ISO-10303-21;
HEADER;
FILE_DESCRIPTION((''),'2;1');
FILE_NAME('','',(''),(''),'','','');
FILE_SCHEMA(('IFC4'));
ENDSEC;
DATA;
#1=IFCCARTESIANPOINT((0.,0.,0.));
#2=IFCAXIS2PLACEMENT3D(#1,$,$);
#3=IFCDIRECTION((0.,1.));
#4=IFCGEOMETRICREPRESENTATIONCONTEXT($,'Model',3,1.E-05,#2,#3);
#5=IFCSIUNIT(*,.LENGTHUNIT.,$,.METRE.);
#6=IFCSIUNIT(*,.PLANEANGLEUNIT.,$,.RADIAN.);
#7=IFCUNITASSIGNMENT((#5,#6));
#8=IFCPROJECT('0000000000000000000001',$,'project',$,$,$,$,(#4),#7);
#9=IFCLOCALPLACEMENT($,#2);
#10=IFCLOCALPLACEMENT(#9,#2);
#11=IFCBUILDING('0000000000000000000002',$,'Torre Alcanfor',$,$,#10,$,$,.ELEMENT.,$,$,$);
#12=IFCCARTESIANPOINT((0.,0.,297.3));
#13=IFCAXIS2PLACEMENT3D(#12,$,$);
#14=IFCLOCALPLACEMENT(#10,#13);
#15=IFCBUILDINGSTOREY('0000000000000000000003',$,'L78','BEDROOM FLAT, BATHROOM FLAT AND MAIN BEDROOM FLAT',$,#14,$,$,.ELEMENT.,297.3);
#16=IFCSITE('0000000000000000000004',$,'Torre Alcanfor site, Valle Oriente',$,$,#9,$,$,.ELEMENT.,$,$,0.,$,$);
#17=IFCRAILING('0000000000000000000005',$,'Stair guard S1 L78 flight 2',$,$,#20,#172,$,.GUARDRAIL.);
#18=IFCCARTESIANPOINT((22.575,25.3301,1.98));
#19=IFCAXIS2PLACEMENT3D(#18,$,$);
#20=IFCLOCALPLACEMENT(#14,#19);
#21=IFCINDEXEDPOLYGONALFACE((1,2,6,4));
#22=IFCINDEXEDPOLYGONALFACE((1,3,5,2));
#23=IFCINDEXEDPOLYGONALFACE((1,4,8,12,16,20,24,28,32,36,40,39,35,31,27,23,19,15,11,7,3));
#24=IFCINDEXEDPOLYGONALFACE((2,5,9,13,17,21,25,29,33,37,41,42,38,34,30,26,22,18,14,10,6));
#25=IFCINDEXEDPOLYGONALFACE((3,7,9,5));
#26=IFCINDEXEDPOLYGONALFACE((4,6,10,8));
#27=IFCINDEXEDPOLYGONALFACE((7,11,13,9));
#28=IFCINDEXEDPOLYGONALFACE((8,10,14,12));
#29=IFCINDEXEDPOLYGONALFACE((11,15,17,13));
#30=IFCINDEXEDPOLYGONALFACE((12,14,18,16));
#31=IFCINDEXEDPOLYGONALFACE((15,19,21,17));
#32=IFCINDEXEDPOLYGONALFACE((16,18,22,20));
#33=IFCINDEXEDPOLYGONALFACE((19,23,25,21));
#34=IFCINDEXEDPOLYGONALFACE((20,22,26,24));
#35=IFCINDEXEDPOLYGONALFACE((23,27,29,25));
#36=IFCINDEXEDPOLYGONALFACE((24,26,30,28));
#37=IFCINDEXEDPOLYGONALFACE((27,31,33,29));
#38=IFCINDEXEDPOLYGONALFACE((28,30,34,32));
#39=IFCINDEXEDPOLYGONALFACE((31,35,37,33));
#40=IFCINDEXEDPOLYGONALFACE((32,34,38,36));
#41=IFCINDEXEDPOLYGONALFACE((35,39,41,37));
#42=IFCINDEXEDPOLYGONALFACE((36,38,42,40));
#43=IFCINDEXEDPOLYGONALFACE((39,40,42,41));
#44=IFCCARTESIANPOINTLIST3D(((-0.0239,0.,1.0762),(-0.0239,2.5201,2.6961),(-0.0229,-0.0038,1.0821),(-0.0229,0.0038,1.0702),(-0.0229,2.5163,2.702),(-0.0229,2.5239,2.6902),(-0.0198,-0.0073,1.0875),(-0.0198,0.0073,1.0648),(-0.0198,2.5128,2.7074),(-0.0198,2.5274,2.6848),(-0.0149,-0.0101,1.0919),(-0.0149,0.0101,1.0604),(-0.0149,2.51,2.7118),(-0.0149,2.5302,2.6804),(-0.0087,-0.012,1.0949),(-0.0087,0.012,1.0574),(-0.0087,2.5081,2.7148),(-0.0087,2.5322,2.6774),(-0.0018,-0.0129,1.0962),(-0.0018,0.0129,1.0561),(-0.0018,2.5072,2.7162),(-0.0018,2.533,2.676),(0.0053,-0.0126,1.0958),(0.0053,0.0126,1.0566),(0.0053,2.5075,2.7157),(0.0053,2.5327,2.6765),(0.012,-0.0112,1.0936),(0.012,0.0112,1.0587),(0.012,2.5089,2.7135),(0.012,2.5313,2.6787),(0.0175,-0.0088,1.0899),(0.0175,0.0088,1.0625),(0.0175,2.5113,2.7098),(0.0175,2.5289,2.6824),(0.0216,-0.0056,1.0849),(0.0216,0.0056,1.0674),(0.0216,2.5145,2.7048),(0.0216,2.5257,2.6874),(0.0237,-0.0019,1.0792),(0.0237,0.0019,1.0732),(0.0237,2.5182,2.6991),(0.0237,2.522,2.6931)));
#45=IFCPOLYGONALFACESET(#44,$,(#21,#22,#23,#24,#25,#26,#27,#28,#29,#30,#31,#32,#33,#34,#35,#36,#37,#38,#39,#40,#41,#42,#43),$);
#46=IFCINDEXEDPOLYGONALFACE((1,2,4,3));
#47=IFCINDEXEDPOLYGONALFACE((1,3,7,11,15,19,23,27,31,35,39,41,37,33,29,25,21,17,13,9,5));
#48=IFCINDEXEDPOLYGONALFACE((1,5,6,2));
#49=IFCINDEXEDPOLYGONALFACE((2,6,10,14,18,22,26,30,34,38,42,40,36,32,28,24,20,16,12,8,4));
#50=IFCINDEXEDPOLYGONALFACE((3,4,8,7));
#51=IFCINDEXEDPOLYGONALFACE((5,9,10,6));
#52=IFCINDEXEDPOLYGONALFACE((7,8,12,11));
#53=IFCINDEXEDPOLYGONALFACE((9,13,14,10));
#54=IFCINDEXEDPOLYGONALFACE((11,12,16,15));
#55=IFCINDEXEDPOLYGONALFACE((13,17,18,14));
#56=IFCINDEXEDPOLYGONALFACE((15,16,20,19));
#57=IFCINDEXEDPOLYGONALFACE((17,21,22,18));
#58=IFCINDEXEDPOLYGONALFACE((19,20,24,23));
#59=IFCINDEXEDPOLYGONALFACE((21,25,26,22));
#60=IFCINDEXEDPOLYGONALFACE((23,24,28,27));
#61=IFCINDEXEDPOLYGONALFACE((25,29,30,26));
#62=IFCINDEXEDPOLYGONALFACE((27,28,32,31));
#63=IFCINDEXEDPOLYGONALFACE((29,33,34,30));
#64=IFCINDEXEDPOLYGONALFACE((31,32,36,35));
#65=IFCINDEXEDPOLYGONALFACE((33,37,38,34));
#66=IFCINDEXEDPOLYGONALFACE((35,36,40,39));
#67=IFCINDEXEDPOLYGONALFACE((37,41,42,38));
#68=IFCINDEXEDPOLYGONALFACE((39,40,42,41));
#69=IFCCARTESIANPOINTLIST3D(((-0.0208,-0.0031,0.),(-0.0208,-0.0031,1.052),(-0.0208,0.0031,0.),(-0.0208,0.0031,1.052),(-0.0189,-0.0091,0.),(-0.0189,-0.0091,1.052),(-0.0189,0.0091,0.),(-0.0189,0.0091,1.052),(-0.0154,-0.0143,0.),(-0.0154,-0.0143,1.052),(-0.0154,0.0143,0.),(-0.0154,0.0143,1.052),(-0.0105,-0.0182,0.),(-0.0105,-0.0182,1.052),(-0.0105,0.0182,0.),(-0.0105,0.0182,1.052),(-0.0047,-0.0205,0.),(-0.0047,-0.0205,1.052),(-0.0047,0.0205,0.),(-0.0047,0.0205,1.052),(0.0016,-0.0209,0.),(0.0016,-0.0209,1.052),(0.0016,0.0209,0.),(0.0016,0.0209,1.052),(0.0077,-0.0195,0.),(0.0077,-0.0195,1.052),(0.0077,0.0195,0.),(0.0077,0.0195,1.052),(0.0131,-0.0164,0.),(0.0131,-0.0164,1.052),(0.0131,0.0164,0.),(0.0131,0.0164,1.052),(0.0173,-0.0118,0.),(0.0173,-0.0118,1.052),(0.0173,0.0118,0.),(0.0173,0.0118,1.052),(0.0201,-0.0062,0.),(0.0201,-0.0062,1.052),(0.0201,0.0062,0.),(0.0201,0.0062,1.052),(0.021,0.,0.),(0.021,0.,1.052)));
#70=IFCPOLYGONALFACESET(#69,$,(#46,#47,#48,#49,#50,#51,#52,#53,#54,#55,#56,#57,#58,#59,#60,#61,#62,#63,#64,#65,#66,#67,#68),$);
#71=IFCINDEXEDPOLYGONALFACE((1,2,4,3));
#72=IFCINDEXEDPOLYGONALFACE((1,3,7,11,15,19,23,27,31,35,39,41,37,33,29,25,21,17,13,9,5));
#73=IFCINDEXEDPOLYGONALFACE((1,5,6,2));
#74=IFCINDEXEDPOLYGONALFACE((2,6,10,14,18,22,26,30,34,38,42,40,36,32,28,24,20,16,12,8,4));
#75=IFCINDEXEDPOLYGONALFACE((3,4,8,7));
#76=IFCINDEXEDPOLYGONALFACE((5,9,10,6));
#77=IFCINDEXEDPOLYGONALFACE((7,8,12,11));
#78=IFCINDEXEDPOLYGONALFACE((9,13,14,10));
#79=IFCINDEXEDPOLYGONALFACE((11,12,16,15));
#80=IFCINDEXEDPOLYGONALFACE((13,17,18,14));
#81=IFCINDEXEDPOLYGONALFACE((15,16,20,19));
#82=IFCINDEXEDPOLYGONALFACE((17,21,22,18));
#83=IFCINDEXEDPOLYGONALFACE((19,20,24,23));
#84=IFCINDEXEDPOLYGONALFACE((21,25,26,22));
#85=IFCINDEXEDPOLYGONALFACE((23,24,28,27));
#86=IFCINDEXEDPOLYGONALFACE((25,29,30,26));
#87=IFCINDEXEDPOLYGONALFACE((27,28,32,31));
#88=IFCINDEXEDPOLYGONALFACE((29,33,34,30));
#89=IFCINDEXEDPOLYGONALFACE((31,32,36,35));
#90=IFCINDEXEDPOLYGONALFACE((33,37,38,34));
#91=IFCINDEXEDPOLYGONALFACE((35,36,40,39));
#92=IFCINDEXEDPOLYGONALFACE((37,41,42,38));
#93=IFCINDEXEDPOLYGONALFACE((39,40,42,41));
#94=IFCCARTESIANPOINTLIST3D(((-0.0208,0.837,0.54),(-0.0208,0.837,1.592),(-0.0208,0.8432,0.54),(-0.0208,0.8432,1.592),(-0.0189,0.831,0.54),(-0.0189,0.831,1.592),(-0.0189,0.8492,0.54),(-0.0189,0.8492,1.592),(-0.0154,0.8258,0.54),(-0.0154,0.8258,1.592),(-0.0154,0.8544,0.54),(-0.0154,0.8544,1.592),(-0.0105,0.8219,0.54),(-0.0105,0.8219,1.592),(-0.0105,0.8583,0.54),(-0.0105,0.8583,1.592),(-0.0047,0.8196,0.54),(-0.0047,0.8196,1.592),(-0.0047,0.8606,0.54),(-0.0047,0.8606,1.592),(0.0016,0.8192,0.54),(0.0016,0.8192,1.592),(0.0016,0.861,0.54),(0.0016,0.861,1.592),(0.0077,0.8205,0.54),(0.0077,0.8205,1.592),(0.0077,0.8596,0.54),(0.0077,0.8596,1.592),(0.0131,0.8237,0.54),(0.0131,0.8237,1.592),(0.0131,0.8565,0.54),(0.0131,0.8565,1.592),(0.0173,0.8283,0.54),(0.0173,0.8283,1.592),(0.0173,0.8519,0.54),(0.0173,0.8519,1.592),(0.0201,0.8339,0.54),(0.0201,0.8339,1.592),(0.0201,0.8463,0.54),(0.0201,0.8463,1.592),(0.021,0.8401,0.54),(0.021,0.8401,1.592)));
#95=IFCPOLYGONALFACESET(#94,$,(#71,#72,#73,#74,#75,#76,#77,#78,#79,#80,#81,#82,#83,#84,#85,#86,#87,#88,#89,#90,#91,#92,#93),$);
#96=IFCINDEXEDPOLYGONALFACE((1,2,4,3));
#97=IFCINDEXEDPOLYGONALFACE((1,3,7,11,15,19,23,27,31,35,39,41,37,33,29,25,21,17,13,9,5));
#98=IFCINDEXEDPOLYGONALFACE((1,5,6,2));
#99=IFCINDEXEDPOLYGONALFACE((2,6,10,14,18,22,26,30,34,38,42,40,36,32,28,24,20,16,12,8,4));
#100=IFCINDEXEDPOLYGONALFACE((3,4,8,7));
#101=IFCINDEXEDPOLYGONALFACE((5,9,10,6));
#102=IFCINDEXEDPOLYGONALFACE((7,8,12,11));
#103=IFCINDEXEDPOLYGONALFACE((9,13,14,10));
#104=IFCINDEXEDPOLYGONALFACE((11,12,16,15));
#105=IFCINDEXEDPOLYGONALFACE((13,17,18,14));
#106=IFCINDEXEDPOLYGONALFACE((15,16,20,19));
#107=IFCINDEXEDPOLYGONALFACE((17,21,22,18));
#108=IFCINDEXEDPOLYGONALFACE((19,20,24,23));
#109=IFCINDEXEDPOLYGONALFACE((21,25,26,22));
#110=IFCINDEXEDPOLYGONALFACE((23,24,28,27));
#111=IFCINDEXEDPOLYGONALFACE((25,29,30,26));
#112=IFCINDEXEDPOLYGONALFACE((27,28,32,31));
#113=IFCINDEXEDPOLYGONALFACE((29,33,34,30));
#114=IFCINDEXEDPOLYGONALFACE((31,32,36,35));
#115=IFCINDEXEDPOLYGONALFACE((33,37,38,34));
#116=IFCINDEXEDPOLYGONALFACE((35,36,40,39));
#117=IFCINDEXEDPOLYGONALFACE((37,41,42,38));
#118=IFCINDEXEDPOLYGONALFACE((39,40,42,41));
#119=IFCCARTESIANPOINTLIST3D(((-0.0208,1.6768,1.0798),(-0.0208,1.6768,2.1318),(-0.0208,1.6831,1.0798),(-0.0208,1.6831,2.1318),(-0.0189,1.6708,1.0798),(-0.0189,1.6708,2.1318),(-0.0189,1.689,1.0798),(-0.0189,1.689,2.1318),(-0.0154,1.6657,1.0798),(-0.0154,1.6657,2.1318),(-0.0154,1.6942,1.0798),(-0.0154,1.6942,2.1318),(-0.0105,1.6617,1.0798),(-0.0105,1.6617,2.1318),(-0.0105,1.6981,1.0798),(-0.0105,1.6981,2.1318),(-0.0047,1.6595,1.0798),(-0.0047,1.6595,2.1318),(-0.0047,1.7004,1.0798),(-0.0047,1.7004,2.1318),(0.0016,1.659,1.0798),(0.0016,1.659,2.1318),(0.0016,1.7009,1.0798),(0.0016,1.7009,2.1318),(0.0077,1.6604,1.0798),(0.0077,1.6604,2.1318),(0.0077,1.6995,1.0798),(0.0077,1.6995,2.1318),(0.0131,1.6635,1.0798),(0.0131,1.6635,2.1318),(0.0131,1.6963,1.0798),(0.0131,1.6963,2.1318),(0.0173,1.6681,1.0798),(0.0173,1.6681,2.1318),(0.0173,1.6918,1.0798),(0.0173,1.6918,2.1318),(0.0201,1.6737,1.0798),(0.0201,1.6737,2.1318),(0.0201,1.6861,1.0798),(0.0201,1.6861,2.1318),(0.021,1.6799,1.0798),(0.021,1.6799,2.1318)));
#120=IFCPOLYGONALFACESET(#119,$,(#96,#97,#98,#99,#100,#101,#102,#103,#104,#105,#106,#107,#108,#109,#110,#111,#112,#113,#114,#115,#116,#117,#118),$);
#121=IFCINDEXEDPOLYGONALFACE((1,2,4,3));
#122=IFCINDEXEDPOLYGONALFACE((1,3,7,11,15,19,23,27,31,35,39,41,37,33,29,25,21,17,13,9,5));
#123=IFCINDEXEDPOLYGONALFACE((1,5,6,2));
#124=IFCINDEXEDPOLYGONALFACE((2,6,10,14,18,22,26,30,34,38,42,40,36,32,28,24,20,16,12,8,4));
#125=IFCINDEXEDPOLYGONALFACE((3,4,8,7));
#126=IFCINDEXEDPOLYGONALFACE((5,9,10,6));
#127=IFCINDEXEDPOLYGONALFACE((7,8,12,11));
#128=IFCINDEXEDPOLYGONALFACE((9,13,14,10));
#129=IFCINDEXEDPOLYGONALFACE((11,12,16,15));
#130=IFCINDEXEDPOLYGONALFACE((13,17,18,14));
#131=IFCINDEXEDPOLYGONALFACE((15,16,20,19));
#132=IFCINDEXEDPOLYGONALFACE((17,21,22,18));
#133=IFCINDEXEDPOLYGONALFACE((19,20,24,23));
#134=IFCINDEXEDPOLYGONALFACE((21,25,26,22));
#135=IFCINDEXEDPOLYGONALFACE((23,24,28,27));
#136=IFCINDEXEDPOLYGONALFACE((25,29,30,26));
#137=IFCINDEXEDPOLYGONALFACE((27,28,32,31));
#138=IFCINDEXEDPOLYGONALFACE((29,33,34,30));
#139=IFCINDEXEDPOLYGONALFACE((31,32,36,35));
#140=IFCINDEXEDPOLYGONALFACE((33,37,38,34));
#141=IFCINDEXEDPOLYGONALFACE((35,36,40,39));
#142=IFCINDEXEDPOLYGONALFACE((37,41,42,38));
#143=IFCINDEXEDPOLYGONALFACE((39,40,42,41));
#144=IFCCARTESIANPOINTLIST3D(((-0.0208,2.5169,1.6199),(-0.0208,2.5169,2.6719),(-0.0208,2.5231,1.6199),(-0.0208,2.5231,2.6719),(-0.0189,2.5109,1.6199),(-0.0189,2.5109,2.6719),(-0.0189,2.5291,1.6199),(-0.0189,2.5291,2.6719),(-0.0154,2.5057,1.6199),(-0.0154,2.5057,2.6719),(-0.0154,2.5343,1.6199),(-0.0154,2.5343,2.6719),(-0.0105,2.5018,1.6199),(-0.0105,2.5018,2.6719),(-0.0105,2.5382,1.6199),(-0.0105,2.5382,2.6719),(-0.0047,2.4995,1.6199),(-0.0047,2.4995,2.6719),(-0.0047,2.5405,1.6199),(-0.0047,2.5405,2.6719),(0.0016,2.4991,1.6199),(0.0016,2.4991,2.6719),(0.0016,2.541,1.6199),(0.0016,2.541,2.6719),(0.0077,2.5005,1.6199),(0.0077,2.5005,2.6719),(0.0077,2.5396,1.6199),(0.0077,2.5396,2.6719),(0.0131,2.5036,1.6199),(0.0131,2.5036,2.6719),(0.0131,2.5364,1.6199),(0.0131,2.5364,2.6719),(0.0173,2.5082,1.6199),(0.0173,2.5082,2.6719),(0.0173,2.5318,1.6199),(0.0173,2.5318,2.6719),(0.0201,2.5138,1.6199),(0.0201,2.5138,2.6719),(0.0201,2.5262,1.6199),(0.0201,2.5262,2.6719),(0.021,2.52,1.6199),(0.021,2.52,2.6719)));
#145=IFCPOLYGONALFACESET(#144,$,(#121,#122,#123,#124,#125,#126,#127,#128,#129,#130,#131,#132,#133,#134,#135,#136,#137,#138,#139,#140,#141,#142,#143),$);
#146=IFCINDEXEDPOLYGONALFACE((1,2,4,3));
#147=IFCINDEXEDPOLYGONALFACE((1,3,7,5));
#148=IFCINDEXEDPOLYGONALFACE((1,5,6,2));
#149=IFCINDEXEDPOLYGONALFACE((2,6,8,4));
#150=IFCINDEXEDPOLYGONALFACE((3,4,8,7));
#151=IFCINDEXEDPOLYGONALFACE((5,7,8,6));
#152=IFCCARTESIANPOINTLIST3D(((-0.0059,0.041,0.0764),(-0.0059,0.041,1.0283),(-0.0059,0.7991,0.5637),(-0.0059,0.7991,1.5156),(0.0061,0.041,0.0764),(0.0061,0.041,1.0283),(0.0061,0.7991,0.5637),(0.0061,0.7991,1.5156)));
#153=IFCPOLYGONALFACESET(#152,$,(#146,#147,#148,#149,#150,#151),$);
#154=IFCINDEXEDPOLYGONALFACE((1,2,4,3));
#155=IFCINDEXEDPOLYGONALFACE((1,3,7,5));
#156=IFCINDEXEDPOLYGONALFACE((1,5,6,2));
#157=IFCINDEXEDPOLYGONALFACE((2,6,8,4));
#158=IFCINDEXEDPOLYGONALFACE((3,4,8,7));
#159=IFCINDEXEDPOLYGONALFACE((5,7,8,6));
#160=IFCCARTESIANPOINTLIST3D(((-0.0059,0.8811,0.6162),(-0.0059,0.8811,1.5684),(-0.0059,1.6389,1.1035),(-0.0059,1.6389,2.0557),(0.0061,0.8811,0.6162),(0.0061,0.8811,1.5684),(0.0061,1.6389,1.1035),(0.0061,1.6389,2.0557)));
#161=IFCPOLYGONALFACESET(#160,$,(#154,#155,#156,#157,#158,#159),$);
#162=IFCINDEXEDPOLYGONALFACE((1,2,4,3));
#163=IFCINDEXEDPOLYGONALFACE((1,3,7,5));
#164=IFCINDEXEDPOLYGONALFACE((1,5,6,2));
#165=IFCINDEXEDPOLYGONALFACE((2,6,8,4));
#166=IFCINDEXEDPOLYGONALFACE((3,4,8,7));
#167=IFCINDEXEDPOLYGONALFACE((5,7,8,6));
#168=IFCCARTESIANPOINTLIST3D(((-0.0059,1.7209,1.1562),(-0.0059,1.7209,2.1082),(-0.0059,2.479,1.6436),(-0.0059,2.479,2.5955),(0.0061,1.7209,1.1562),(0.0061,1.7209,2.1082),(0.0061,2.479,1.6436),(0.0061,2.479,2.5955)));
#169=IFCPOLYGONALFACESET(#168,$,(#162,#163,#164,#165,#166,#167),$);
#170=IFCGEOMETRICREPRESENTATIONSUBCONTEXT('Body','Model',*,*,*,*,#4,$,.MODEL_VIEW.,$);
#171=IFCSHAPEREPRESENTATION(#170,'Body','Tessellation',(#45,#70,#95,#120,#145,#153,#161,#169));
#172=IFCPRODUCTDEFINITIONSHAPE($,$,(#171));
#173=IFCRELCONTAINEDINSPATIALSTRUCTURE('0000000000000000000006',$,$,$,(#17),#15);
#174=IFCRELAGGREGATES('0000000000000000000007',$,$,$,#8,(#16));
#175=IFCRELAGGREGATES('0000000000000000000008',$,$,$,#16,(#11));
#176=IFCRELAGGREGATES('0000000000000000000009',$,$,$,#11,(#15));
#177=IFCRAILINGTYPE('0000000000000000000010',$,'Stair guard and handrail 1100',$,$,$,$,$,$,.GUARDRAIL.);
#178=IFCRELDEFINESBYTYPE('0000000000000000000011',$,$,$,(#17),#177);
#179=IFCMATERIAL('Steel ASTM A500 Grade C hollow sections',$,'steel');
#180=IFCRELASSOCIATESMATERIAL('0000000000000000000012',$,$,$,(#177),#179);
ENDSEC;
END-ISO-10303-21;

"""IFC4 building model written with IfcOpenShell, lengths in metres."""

from ifc_helpers import new_model, si_unit, direction, frame, origin, origin_2d, place, context, subcontext, project, spatial, polyline, circle, outline, extrude, material, type_object, element, save


model = new_model("IFC4")

# Units and contexts
model_context = context("Model", 3, precision=1e-05, world=origin(), true_north=direction((0.0, 1.0)))
body_context = subcontext(model_context, "Body", "Model", "MODEL_VIEW")
ifc_project = project(units=[si_unit("LENGTHUNIT", "METRE"), si_unit("PLANEANGLEUNIT", "RADIAN")], contexts=[model_context])

# Site, building, storey
site_placement = place(None, origin())
site = spatial("IfcSite", under=ifc_project, at=site_placement, Name="Torre Alcanfor site, Valle Oriente", CompositionType="ELEMENT", RefElevation=0.0)
building_placement = place(site_placement, origin())
building = spatial("IfcBuilding", under=site, at=building_placement, Name="Torre Alcanfor", CompositionType="ELEMENT")
storey_placement = place(building_placement, frame((0.0, 0.0, 297.3)))
storey = spatial("IfcBuildingStorey", under=building, at=storey_placement, Name="L78", Description="BEDROOM FLAT, BATHROOM FLAT AND MAIN BEDROOM FLAT", CompositionType="ELEMENT", Elevation=297.3)

# Railing
ifc_material_1 = material(Name="Steel ASTM A500 Grade C hollow sections", Category="steel")
railing_type_1 = type_object("IfcRailingType", Name="Stair guard and handrail 1100", PredefinedType="GUARDRAIL", material=ifc_material_1)
railing_1_placement = place(storey_placement, frame((22.575, 25.3301, 1.98)))
element("IfcRailing", 1, at=railing_1_placement, inside=storey, type_object=railing_type_1, Name="Stair guard S1 L78 flight 2", PredefinedType="GUARDRAIL", context=body_context, shape_type="SweptSolid", body=[
    extrude(circle(Radius=0.0239, at=origin_2d()), frame((0.0, 0.0, 1.0762), z_axis=(0.0, 0.8412, 0.540725), x_axis=(-1.0, 0.0, 0.0)), (0.0, 0.0, 1.0), 2.9958),
    extrude(circle(Radius=0.021, at=origin_2d()), origin(), (0.0, 0.0, 1.0), 1.052),
    extrude(circle(Radius=0.021, at=origin_2d()), frame((0.0, 0.8401, 0.54)), (0.0, 0.0, 1.0), 1.052),
    extrude(circle(Radius=0.021, at=origin_2d()), frame((0.0, 1.6799, 1.0798)), (0.0, 0.0, 1.0), 1.052),
    extrude(circle(Radius=0.021, at=origin_2d()), frame((0.0, 2.52, 1.6199)), (0.0, 0.0, 1.0), 1.052),
    extrude(outline(polyline([(0.041, 0.0764), (0.7991, 0.5637), (0.7991, 1.5156), (0.041, 1.0283), (0.041, 0.0764)])), frame((-0.0059, 0.0, 0.0), z_axis=(1.0, 0.0, 0.0), x_axis=(0.0, 1.0, 0.0)), (0.0, 0.0, 1.0), 0.012),
    extrude(outline(polyline([(0.8811, 0.6162), (1.6389, 1.1035), (1.6389, 2.0557), (0.8811, 1.5684), (0.8811, 0.6162)])), frame((-0.0059, 0.0, 0.0), z_axis=(1.0, 0.0, 0.0), x_axis=(0.0, 1.0, 0.0)), (0.0, 0.0, 1.0), 0.012),
    extrude(outline(polyline([(1.7209, 1.1562), (2.479, 1.6436), (2.479, 2.5955), (1.7209, 2.1082), (1.7209, 1.1562)])), frame((-0.0059, 0.0, 0.0), z_axis=(1.0, 0.0, 0.0), x_axis=(0.0, 1.0, 0.0)), (0.0, 0.0, 1.0), 0.012),
])

save(model, "model.ifc")
